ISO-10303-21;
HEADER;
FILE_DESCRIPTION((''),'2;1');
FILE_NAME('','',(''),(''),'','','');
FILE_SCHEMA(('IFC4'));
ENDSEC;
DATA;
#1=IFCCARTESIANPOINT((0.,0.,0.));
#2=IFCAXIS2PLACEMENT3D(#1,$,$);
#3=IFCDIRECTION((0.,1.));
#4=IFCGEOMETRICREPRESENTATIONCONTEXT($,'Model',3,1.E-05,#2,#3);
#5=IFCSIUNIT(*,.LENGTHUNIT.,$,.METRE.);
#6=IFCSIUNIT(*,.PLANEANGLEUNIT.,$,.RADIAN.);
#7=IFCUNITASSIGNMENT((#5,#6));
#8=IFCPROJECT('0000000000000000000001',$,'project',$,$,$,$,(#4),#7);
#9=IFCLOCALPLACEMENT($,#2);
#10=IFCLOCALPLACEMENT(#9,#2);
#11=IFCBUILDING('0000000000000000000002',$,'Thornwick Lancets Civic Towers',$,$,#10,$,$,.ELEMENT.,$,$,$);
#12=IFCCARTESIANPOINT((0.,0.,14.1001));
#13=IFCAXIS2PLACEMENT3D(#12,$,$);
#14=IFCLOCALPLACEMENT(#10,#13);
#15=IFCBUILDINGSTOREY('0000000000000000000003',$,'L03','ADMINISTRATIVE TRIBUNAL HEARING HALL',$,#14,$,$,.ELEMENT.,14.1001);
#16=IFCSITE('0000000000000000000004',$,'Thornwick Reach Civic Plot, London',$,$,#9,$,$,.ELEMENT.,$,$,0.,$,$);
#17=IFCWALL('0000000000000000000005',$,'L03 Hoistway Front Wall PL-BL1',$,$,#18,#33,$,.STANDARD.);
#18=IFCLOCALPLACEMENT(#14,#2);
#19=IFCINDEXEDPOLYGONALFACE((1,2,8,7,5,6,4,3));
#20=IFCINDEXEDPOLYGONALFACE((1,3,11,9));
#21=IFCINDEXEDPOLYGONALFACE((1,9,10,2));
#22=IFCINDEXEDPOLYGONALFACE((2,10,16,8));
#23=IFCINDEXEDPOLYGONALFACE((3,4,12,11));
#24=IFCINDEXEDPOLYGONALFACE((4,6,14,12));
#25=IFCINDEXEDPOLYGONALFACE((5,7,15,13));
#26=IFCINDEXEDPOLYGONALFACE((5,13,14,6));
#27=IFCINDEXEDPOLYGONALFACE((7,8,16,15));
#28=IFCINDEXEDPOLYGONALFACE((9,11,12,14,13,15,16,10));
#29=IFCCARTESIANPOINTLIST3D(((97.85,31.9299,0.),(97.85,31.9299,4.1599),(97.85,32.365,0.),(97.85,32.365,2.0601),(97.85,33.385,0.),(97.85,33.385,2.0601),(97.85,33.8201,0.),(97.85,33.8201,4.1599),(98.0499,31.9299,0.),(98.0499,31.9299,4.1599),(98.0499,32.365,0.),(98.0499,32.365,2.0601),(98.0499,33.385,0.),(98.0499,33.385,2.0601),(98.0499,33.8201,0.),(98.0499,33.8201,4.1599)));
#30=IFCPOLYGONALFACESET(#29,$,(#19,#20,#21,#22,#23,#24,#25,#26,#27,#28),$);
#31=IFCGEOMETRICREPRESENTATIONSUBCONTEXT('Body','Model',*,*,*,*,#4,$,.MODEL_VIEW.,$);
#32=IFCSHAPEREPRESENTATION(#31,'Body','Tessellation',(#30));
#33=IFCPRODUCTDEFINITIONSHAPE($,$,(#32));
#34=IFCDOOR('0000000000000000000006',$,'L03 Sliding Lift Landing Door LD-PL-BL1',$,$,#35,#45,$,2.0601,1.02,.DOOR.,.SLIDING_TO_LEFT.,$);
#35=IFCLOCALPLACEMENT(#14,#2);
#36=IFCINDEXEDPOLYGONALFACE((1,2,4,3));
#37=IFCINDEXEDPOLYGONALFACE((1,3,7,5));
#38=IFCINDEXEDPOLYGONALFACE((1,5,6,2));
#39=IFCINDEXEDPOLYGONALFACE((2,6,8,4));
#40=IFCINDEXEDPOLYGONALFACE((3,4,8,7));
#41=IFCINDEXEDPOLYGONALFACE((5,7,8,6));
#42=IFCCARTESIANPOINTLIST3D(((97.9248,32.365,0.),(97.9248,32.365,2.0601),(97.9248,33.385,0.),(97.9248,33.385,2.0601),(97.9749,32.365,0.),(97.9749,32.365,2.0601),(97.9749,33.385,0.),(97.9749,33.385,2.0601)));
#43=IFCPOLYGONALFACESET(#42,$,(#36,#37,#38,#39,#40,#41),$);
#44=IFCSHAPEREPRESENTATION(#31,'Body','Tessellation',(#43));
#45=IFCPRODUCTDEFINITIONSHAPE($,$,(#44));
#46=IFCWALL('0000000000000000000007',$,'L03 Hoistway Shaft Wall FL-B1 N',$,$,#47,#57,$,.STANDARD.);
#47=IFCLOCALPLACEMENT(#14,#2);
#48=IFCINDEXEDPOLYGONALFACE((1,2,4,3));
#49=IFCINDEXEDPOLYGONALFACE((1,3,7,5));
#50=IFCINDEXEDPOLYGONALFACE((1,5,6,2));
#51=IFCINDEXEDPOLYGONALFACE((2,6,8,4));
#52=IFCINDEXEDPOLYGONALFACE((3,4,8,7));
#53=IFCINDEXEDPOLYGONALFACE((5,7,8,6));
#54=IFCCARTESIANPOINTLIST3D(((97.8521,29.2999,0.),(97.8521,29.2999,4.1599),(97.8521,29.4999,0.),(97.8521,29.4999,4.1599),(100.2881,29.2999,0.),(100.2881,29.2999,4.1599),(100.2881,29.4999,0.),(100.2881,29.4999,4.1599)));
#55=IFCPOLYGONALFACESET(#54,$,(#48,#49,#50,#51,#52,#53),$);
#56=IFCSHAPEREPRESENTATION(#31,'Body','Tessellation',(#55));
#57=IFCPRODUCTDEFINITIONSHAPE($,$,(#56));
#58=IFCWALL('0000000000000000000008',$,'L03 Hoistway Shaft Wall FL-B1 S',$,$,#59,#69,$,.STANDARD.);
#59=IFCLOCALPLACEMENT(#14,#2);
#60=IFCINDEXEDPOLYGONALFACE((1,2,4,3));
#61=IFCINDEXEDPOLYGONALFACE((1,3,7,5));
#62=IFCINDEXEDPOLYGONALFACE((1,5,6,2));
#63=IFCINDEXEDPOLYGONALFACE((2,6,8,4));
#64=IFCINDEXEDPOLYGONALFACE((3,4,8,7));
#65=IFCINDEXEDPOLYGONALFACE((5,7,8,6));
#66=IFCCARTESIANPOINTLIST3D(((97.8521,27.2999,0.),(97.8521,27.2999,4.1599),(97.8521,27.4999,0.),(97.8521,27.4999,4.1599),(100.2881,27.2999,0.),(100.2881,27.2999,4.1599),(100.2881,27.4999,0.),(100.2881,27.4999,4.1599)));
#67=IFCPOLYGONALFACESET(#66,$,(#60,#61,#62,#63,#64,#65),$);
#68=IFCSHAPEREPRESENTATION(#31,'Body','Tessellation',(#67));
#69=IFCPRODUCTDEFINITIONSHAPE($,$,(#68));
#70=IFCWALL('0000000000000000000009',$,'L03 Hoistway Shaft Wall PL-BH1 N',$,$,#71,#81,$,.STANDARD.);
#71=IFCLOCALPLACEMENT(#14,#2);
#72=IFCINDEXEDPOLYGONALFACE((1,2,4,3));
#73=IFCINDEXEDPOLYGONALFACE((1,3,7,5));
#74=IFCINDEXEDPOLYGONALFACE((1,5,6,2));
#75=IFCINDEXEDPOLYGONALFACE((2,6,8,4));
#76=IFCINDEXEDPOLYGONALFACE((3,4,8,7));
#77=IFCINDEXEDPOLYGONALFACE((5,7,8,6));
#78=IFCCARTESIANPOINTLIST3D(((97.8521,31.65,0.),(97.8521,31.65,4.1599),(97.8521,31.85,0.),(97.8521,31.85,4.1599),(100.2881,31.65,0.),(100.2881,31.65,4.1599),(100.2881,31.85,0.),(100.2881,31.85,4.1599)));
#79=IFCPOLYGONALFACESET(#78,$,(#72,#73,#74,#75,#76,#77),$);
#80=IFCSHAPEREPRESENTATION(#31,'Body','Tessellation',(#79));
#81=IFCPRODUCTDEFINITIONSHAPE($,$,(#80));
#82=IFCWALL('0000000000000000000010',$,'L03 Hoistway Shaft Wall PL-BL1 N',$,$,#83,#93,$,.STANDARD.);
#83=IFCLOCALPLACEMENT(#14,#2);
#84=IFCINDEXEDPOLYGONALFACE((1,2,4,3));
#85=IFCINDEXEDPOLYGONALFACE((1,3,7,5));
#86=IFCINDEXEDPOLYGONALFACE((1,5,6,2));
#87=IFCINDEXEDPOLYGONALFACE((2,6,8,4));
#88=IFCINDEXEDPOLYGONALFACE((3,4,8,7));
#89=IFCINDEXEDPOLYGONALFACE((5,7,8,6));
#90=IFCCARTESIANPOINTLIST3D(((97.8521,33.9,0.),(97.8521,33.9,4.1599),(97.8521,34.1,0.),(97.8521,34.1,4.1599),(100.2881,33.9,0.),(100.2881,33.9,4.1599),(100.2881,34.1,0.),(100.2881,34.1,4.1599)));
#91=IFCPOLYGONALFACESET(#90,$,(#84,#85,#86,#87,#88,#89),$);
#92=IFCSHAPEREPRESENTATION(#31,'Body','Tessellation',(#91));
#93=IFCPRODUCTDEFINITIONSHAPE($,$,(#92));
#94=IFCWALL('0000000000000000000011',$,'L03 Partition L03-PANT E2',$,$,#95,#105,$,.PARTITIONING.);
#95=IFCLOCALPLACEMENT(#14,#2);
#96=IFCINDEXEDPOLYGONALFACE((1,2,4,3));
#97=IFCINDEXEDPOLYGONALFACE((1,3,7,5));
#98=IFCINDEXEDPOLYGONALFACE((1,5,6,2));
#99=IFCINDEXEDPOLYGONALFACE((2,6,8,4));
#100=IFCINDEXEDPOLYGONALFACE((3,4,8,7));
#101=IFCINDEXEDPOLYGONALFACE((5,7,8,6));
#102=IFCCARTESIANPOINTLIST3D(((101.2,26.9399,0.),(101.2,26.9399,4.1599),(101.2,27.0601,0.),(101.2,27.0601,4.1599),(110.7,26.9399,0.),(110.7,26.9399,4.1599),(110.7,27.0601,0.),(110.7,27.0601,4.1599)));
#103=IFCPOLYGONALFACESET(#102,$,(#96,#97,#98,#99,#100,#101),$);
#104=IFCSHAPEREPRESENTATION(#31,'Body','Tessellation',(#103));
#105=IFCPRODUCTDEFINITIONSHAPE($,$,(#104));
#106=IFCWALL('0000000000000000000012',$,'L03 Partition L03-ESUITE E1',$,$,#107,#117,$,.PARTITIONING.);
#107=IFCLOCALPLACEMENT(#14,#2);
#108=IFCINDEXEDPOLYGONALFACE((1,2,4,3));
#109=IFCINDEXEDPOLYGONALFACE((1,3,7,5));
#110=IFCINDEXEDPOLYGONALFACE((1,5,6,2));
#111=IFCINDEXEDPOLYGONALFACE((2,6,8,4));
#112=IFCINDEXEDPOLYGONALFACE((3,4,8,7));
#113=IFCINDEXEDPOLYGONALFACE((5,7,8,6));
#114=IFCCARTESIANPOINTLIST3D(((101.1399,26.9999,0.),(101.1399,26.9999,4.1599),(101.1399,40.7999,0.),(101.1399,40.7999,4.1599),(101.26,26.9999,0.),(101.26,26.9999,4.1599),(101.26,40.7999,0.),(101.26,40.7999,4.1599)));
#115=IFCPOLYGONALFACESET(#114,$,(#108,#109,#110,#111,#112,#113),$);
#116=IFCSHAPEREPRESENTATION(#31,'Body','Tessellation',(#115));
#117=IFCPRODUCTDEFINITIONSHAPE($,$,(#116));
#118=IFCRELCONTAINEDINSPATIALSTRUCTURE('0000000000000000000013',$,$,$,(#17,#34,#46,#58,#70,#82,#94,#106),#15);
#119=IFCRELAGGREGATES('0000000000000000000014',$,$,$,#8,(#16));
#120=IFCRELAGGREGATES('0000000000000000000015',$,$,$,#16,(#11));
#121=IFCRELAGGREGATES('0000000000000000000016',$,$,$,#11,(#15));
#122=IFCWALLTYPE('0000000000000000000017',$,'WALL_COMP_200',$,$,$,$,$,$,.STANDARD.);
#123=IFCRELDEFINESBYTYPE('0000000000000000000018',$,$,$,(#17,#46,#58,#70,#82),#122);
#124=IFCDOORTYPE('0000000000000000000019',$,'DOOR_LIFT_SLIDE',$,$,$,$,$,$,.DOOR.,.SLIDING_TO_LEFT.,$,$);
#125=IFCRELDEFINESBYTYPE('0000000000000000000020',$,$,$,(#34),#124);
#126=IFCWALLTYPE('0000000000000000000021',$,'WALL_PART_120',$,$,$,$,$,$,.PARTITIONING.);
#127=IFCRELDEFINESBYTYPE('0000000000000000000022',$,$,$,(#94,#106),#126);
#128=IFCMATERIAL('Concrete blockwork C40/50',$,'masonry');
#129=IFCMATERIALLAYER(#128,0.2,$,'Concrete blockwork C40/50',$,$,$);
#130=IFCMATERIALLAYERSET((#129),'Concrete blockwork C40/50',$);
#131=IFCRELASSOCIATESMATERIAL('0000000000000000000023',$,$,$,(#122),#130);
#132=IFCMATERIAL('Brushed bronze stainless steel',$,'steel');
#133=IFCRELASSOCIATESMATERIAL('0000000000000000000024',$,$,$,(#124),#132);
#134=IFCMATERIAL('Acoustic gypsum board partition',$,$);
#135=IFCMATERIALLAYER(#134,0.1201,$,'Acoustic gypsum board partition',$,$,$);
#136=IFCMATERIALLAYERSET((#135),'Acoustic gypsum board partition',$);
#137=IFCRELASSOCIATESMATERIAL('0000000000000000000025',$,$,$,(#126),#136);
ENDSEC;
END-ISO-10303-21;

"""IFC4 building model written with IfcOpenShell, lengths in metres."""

from ifc_helpers import new_model, si_unit, direction, frame, frame_2d, origin, place, context, subcontext, project, spatial, rectangle, extrude, material, layer, layer_set, type_object, element, fill, save


model = new_model("IFC4")

# Units and contexts
model_context = context("Model", 3, precision=1e-05, world=origin(), true_north=direction((0.0, 1.0)))
body_context = subcontext(model_context, "Body", "Model", "MODEL_VIEW")
ifc_project = project(units=[si_unit("LENGTHUNIT", "METRE"), si_unit("PLANEANGLEUNIT", "RADIAN")], contexts=[model_context])

# Site, building, storey
site_placement = place(None, origin())
site = spatial("IfcSite", under=ifc_project, at=site_placement, Name="Thornwick Reach Civic Plot, London", CompositionType="ELEMENT", RefElevation=0.0)
building_placement = place(site_placement, origin())
building = spatial("IfcBuilding", under=site, at=building_placement, Name="Thornwick Lancets Civic Towers", CompositionType="ELEMENT")
storey_placement = place(building_placement, frame((0.0, 0.0, 14.1001)))
storey = spatial("IfcBuildingStorey", under=building, at=storey_placement, Name="L03", Description="ADMINISTRATIVE TRIBUNAL HEARING HALL", CompositionType="ELEMENT", Elevation=14.1001)

# Shared definitions
ifc_material_1 = material(Name="Concrete blockwork C40/50", Category="masonry")
ifc_layer_1 = layer(ifc_material_1, 0.2, Name="Concrete blockwork C40/50")
ifc_layer_set_1 = layer_set([ifc_layer_1], Name="Concrete blockwork C40/50")
wall_type_1 = type_object("IfcWallType", Name="WALL_COMP_200", PredefinedType="STANDARD", material=ifc_layer_set_1)
ifc_material_2 = material(Name="Brushed bronze stainless steel", Category="steel")
door_type = type_object("IfcDoorType", Name="DOOR_LIFT_SLIDE", OperationType="SLIDING_TO_LEFT", PredefinedType="DOOR", material=ifc_material_2)

# Wall, opening, door
wall_1_placement = place(storey_placement, frame((97.95, 33.8201, 0.0), z_axis=(0.0, 0.0, 1.0), x_axis=(0.0, -1.0, 0.0)))
wall_1 = element("IfcWall", 1, at=wall_1_placement, inside=storey, type_object=wall_type_1, Name="L03 Hoistway Front Wall PL-BL1", PredefinedType="STANDARD", context=body_context, shape_type="SweptSolid", body=[
    extrude(rectangle(XDim=1.8901, YDim=0.2, at=frame_2d((0.9451, 0.0))), origin(), (0.0, 0.0, 1.0), 4.1599),
])
opening_1_placement = place(wall_1_placement, frame((0.4351, 0.0, 0.0)))
opening_1 = element("IfcOpeningElement", 2, at=opening_1_placement, cuts=wall_1, PredefinedType="OPENING", context=body_context, shape_type="SweptSolid", body=[
    extrude(rectangle(XDim=1.02, YDim=2.0601, at=frame_2d((0.51, 1.03))), frame((0.0, 0.1099, 0.0), z_axis=(0.0, -1.0, 0.0), x_axis=(1.0, 0.0, 0.0)), (0.0, 0.0, 1.0), 0.22),
])
door_1_placement = place(opening_1_placement, origin())
door_1 = element("IfcDoor", 3, at=door_1_placement, inside=storey, type_object=door_type, Name="L03 Sliding Lift Landing Door LD-PL-BL1", OperationType="SLIDING_TO_LEFT", OverallHeight=2.0601, OverallWidth=1.02, PredefinedType="DOOR", context=body_context, shape_type="SweptSolid", body=[
    extrude(rectangle(XDim=1.02, YDim=2.0601, at=frame_2d((0.51, 1.03))), frame((0.0, 0.0249, 0.0), z_axis=(0.0, -1.0, 0.0), x_axis=(1.0, 0.0, 0.0)), (0.0, 0.0, 1.0), 0.05),
])
fill(opening_1, door_1)

# Walls
for number, where, z_axis, x_axis, name in (
    (4, (97.8521, 29.3999, 0.0), (0.0, 0.0, 1.0), (1.0, 0.0, 0.0), "L03 Hoistway Shaft Wall FL-B1 N"),
    (5, (97.8521, 27.3999, 0.0), (0.0, 0.0, 1.0), (1.0, 0.0, 0.0), "L03 Hoistway Shaft Wall FL-B1 S"),
    (6, (97.8521, 31.75, 0.0), (0.0, 0.0, 1.0), (1.0, 0.0, 0.0), "L03 Hoistway Shaft Wall PL-BH1 N"),
    (7, (97.8521, 34.0, 0.0), (0.0, 0.0, 1.0), (1.0, 0.0, 0.0), "L03 Hoistway Shaft Wall PL-BL1 N"),
):
    element("IfcWall", number, at=place(storey_placement, frame(where, z_axis=z_axis, x_axis=x_axis)), inside=storey, type_object=wall_type_1, Name=name, PredefinedType="STANDARD", context=body_context, shape_type="SweptSolid", body=[
        extrude(rectangle(XDim=2.436, YDim=0.2, at=frame_2d((1.218, 0.0))), origin(), (0.0, 0.0, 1.0), 4.1599),
    ])
ifc_material_3 = material(Name="Acoustic gypsum board partition")
ifc_layer_2 = layer(ifc_material_3, 0.1201, Name="Acoustic gypsum board partition")
ifc_layer_set_2 = layer_set([ifc_layer_2], Name="Acoustic gypsum board partition")
wall_type_2 = type_object("IfcWallType", Name="WALL_PART_120", PredefinedType="PARTITIONING", material=ifc_layer_set_2)
wall_2_placement = place(storey_placement, frame((101.2, 27.0, 0.0), z_axis=(0.0, 0.0, 1.0), x_axis=(1.0, 0.0, 0.0)))
element("IfcWall", 8, at=wall_2_placement, inside=storey, type_object=wall_type_2, Name="L03 Partition L03-PANT E2", PredefinedType="PARTITIONING", context=body_context, shape_type="SweptSolid", body=[
    extrude(rectangle(XDim=9.5, YDim=0.1201, at=frame_2d((4.75, 0.0))), origin(), (0.0, 0.0, 1.0), 4.1599),
])
wall_3_placement = place(storey_placement, frame((101.2, 27.0, 0.0), z_axis=(0.0, 0.0, 1.0), x_axis=(0.0, 1.0, 0.0)))
element("IfcWall", 9, at=wall_3_placement, inside=storey, type_object=wall_type_2, Name="L03 Partition L03-ESUITE E1", PredefinedType="PARTITIONING", context=body_context, shape_type="SweptSolid", body=[
    extrude(rectangle(XDim=13.8, YDim=0.1201, at=frame_2d((6.8999, 0.0))), origin(), (0.0, 0.0, 1.0), 4.1599),
])

save(model, "model.ifc")
